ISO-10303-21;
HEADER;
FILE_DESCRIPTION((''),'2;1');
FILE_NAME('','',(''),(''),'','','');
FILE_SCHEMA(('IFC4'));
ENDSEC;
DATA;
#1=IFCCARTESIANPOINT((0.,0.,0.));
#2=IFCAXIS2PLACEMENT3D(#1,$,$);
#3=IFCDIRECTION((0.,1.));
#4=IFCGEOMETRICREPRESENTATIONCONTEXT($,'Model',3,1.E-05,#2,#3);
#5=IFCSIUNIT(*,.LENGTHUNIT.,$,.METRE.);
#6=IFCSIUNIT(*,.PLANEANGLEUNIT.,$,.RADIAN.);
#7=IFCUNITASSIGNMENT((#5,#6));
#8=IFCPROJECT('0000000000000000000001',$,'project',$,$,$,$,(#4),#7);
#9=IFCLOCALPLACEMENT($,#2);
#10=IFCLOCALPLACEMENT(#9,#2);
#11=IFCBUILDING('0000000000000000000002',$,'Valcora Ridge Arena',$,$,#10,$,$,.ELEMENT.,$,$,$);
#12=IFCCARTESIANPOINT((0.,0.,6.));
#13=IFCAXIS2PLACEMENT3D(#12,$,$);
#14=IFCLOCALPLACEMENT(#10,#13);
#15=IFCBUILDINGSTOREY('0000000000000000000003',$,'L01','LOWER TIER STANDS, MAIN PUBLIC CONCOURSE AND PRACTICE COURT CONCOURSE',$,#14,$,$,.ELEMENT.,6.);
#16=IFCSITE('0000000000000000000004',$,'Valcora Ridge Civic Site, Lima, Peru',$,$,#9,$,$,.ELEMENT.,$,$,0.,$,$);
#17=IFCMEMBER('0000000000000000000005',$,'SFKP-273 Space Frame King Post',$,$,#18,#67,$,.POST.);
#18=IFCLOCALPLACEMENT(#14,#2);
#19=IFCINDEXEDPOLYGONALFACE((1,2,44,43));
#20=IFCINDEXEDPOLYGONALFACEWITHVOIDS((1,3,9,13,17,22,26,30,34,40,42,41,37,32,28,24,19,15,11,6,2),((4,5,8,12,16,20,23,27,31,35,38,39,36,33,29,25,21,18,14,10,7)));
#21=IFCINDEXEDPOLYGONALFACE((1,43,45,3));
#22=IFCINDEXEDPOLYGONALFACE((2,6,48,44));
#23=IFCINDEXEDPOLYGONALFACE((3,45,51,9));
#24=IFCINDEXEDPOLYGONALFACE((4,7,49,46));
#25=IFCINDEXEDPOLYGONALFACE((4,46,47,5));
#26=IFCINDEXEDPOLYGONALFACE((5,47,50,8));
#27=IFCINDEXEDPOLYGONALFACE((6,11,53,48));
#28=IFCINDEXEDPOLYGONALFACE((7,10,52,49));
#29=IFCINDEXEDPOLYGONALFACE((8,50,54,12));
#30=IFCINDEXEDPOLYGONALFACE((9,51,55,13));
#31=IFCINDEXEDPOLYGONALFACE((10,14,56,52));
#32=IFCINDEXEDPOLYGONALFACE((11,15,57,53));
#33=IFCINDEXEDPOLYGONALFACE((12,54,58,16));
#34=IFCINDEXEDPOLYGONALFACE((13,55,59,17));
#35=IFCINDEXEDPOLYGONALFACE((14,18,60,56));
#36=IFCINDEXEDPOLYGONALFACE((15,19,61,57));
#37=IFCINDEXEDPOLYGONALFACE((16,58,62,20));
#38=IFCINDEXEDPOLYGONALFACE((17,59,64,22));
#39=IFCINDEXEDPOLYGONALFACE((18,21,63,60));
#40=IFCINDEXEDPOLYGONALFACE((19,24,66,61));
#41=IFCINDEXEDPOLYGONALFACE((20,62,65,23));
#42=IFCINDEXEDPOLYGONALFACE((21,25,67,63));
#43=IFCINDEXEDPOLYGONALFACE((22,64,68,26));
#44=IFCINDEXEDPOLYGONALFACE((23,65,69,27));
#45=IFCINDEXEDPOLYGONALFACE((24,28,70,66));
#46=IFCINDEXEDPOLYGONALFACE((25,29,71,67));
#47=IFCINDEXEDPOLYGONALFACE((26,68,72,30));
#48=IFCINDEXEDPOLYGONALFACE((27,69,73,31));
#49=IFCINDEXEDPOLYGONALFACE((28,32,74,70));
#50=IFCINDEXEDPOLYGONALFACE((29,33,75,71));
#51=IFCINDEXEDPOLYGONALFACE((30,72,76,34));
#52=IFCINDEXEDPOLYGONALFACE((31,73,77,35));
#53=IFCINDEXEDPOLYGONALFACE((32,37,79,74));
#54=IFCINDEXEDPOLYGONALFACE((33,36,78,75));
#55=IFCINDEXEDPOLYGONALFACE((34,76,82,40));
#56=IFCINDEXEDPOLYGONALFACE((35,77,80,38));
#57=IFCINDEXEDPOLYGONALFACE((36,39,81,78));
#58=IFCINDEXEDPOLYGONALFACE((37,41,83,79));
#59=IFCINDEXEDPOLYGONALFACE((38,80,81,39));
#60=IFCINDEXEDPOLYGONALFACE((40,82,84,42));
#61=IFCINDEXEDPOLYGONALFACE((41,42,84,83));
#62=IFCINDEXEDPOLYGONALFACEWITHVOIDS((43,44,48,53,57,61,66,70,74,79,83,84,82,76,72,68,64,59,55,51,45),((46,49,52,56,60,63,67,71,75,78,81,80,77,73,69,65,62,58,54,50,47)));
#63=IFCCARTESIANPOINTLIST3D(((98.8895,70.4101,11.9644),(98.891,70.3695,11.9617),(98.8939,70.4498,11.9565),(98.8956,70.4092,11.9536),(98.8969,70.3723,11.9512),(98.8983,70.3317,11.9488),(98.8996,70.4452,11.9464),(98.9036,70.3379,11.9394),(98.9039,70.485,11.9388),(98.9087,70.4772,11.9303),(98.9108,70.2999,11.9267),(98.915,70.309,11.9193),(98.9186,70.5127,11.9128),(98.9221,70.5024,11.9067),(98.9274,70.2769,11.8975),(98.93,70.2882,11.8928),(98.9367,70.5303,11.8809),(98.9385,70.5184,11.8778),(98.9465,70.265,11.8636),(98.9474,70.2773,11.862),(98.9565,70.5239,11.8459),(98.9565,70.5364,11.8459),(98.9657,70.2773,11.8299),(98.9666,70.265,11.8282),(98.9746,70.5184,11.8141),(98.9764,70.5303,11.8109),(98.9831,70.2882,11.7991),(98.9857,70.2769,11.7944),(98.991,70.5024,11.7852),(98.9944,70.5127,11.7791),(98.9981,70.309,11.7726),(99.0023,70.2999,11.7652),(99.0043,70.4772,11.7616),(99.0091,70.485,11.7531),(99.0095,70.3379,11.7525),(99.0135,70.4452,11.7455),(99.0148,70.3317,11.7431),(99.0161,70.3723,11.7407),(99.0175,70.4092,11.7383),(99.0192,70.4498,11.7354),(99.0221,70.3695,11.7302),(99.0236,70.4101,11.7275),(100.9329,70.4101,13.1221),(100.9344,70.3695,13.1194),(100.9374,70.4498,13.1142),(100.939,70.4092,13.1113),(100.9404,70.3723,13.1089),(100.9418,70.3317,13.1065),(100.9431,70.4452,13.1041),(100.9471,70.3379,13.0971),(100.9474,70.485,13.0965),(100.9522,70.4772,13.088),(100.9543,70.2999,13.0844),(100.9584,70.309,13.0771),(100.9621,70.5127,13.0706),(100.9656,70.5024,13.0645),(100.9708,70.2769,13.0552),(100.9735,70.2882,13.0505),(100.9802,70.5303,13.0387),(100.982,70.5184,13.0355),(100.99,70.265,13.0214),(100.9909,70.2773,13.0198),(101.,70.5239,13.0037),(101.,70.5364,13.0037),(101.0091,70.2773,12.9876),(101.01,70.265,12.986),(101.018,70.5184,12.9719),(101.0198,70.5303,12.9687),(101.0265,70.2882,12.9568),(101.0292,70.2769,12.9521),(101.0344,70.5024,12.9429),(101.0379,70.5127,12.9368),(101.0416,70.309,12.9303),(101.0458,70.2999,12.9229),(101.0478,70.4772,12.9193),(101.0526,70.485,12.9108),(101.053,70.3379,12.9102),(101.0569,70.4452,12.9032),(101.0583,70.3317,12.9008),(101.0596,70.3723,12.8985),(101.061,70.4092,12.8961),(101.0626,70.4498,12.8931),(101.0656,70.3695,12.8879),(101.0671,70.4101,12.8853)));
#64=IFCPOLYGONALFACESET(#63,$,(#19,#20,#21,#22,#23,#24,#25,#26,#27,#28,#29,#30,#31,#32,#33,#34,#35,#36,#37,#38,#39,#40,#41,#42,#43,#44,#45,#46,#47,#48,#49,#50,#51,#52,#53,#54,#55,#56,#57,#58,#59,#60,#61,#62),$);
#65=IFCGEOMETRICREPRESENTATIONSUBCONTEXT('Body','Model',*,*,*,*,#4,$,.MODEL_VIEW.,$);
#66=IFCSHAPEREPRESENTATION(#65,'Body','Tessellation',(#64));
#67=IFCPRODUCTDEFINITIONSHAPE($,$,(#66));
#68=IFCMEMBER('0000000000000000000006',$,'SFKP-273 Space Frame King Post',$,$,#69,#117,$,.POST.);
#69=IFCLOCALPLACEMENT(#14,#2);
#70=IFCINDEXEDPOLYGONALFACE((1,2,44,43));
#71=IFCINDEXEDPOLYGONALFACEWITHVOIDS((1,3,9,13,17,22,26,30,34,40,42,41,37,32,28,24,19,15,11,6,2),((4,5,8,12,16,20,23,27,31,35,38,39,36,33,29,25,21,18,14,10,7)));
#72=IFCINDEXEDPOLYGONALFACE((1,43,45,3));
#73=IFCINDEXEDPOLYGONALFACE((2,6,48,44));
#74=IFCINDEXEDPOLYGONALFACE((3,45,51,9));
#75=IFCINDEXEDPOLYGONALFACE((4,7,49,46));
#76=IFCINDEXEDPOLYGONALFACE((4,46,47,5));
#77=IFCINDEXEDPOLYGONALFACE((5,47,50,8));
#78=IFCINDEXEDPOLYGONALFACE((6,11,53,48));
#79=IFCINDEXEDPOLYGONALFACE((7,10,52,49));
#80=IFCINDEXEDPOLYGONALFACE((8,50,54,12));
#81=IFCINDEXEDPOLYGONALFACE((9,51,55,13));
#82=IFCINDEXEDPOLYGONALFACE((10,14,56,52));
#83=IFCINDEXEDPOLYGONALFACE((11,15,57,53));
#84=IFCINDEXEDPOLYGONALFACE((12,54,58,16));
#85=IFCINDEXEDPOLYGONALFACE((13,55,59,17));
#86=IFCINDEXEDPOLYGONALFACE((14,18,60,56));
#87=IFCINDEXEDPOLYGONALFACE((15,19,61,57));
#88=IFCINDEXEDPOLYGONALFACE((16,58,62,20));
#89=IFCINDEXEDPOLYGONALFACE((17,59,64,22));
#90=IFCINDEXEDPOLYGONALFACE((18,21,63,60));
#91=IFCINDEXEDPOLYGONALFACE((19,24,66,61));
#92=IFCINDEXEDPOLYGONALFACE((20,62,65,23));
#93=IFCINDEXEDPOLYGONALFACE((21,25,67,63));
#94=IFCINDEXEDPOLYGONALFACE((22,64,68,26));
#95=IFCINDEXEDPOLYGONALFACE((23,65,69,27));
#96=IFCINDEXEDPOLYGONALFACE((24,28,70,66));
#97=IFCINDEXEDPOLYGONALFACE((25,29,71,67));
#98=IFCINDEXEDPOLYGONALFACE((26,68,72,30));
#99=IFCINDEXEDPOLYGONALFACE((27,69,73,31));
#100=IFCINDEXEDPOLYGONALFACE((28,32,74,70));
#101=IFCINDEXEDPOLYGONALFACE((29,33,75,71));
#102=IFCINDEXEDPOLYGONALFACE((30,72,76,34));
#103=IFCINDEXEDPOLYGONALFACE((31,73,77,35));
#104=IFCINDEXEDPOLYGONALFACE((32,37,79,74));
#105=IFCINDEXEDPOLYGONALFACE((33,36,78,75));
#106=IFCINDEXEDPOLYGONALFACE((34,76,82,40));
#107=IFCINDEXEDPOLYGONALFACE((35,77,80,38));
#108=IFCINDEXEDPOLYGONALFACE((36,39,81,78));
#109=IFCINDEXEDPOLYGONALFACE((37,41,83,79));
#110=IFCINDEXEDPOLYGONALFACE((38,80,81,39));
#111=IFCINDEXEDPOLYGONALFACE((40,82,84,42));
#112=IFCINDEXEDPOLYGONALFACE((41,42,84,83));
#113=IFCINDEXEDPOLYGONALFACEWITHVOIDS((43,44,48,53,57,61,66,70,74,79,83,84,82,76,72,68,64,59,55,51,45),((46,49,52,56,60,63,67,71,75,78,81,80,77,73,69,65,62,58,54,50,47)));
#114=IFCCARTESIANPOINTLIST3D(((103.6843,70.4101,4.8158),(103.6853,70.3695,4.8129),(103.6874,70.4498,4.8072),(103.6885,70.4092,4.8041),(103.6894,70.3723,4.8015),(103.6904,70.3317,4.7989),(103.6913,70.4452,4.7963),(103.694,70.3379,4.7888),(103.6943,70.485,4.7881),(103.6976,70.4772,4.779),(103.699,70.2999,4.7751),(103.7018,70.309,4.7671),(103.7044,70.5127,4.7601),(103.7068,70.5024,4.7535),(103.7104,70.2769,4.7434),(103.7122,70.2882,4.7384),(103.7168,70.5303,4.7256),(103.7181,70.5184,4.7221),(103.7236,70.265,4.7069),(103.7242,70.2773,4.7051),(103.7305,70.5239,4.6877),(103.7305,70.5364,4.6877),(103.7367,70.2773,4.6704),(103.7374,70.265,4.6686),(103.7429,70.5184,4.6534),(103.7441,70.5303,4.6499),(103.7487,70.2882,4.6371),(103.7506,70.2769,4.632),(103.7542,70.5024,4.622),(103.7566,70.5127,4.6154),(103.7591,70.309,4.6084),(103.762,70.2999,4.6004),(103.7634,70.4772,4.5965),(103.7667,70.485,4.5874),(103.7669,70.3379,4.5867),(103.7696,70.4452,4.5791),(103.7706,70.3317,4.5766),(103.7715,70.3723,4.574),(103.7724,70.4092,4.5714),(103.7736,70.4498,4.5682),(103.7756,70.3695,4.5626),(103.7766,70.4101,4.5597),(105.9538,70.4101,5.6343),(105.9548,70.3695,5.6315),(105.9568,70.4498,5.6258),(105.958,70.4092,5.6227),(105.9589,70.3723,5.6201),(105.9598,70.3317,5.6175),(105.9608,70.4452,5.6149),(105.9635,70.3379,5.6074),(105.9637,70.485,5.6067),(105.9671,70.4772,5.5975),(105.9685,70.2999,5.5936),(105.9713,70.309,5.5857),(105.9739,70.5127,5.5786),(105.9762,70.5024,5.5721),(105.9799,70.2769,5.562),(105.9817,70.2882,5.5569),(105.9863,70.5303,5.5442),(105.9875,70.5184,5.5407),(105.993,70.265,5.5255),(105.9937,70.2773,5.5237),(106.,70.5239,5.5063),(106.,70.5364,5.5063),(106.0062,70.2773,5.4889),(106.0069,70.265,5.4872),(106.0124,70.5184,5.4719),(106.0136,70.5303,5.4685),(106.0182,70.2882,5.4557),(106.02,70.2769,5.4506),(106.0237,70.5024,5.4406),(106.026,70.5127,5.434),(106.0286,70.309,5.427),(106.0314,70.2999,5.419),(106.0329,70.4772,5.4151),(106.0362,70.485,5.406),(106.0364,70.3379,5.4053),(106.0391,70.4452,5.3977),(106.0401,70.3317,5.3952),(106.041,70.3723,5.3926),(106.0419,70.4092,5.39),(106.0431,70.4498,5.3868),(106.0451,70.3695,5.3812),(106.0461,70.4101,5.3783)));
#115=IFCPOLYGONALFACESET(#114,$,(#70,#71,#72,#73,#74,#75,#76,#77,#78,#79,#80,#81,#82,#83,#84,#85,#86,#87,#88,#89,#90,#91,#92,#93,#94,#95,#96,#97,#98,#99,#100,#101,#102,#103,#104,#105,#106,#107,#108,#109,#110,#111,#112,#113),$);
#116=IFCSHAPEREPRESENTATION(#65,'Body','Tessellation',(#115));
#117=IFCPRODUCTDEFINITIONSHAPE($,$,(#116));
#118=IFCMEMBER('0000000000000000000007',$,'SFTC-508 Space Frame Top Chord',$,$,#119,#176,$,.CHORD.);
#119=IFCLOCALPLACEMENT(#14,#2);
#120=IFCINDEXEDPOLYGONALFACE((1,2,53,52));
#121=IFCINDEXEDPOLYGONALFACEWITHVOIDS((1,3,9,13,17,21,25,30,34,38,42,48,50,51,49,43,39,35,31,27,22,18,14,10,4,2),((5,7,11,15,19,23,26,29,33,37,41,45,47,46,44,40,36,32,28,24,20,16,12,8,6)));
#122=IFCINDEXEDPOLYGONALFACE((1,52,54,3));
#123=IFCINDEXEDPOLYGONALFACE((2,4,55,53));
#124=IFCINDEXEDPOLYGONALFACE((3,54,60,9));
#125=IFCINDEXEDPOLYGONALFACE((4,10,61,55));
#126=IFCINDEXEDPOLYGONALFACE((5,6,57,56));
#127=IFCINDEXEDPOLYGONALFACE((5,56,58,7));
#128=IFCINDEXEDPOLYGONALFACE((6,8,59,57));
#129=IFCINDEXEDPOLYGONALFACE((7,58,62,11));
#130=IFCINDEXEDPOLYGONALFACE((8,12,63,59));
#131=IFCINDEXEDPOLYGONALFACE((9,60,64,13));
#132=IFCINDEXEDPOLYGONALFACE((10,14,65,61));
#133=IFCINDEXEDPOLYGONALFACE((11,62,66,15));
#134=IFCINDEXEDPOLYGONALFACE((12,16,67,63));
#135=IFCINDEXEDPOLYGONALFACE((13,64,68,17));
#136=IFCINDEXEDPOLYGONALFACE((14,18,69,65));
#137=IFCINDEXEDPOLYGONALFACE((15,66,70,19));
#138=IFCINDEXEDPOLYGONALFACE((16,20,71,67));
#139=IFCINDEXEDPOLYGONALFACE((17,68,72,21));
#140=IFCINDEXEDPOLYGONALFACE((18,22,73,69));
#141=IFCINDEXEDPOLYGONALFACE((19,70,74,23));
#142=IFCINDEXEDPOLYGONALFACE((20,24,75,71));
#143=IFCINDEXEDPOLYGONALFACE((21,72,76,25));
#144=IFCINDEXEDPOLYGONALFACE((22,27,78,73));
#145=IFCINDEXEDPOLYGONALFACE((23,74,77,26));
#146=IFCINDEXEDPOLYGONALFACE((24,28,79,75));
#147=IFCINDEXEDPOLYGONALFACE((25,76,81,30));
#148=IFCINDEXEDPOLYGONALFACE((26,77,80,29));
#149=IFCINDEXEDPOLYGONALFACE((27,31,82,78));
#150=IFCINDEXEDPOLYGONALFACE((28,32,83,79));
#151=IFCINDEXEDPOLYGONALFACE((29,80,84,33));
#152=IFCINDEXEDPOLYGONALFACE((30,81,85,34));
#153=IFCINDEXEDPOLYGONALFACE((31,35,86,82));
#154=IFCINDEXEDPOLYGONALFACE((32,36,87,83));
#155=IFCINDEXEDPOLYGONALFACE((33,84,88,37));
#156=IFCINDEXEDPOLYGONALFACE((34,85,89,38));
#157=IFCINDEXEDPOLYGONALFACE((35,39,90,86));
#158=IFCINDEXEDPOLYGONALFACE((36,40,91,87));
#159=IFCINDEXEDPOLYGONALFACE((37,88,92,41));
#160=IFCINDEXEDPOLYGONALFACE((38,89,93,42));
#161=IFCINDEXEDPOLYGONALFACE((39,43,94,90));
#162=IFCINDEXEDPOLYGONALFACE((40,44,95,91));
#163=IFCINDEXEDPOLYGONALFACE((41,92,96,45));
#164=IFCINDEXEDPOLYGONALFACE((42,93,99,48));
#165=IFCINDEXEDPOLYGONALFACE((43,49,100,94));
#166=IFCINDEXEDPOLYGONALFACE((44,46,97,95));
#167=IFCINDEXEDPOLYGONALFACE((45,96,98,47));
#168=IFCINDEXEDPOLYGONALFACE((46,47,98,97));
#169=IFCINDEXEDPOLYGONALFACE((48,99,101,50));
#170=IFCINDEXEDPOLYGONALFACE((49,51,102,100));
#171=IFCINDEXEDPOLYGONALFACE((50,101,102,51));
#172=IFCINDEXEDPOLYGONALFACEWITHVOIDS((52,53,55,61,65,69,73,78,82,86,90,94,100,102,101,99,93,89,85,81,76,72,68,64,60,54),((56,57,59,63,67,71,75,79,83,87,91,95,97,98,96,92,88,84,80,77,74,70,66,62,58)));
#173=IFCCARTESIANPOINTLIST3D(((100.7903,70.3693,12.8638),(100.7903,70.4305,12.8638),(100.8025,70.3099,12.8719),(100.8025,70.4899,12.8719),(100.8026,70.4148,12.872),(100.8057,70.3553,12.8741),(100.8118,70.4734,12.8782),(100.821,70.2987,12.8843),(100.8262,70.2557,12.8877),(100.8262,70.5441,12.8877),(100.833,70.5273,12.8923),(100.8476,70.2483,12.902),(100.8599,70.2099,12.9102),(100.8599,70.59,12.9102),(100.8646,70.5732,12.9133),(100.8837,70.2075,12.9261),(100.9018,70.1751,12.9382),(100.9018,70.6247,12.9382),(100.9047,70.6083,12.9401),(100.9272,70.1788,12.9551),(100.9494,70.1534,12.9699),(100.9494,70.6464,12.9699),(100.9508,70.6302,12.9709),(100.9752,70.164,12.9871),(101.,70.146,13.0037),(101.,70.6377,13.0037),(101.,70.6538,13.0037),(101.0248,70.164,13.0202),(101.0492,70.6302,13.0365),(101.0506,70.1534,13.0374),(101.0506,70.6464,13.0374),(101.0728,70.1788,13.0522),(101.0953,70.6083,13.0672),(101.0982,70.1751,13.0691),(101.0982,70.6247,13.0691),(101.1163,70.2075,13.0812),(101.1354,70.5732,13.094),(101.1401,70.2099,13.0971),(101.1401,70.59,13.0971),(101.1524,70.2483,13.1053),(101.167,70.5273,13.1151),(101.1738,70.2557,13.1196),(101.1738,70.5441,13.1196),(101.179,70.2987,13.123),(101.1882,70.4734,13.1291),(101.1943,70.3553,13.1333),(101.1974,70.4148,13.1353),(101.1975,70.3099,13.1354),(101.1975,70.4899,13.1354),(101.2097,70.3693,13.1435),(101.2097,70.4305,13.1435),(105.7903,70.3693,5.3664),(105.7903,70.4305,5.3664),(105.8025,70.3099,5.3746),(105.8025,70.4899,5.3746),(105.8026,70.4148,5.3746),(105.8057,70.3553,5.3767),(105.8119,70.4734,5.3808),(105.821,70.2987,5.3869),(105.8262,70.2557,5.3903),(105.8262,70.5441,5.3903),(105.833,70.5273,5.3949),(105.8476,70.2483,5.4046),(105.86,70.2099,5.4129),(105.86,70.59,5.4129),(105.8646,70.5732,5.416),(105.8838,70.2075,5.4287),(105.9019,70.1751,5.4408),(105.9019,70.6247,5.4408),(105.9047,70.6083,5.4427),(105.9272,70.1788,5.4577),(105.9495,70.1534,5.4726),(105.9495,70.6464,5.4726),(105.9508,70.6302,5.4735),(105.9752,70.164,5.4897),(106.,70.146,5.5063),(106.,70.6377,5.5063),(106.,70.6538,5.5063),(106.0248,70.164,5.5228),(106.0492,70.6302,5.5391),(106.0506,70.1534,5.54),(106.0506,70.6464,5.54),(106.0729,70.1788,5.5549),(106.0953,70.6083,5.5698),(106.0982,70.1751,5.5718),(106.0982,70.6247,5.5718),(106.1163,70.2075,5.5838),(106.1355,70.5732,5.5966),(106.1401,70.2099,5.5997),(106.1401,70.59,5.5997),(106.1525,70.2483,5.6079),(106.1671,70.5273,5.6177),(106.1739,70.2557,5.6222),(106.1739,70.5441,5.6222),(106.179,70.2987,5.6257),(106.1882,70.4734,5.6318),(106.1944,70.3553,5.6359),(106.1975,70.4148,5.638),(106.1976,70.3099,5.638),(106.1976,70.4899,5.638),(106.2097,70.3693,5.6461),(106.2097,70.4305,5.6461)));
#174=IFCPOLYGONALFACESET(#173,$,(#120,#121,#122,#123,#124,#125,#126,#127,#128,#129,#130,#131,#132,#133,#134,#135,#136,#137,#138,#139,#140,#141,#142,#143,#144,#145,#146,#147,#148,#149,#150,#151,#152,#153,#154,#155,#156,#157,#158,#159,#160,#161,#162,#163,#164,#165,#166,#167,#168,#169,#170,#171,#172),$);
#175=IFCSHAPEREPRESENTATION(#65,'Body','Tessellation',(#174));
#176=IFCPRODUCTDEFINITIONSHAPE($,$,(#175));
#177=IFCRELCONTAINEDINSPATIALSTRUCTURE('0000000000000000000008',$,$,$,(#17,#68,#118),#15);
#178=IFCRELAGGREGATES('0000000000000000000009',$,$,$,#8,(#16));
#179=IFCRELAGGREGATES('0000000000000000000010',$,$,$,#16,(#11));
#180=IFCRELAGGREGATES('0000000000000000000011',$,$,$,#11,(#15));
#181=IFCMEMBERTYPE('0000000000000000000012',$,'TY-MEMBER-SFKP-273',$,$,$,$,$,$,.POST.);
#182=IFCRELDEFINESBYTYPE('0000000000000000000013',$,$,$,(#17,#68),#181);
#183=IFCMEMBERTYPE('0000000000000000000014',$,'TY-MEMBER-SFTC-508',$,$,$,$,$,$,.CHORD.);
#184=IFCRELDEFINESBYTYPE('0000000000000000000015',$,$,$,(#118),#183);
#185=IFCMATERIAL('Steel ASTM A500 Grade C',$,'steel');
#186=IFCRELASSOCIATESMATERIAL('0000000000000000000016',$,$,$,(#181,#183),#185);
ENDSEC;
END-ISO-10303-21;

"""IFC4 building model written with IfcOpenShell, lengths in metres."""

from ifc_helpers import new_model, si_unit, direction, frame, origin, origin_2d, place, context, subcontext, project, spatial, hollow_circle, extrude, material, material_profile, profile_set, type_object, element, save


model = new_model("IFC4")

# Units and contexts
model_context = context("Model", 3, precision=1e-05, world=origin(), true_north=direction((0.0, 1.0)))
body_context = subcontext(model_context, "Body", "Model", "MODEL_VIEW")
ifc_project = project(units=[si_unit("LENGTHUNIT", "METRE"), si_unit("PLANEANGLEUNIT", "RADIAN")], contexts=[model_context])

# Site, building, storey
site_placement = place(None, origin())
site = spatial("IfcSite", under=ifc_project, at=site_placement, Name="Valcora Ridge Civic Site, Lima, Peru", CompositionType="ELEMENT", RefElevation=0.0)
building_placement = place(site_placement, origin())
building = spatial("IfcBuilding", under=site, at=building_placement, Name="Valcora Ridge Arena", CompositionType="ELEMENT")
storey_placement = place(building_placement, frame((0.0, 0.0, 6.0)))
storey = spatial("IfcBuildingStorey", under=building, at=storey_placement, Name="L01", Description="LOWER TIER STANDS, MAIN PUBLIC CONCOURSE AND PRACTICE COURT CONCOURSE", CompositionType="ELEMENT", Elevation=6.0)

# Members
ifc_material_1 = material(Name="Steel ASTM A500 Grade C", Category="steel")
ifc_material_profile_1 = material_profile(ifc_material_1, hollow_circle(Radius=0.1365, WallThickness=0.0125, at=origin_2d()), Name="CHS273X12")
ifc_profile_set_1 = profile_set([ifc_material_profile_1], Name="Steel ASTM A500 Grade C")
member_type_1 = type_object("IfcMemberType", Name="TY-MEMBER-SFKP-273", PredefinedType="POST", material=ifc_profile_set_1)
member_1_placement = place(storey_placement, frame((98.9565, 70.3999, 11.8459), z_axis=(0.870067, 0.0, 0.492934), x_axis=(0.0, 1.0, 0.0)))
element("IfcMember", 1, at=member_1_placement, inside=storey, type_object=member_type_1, Name="SFKP-273 Space Frame King Post", PredefinedType="POST", context=body_context, shape_type="SweptSolid", body=[
    extrude(hollow_circle(Radius=0.1365, WallThickness=0.0125, at=origin_2d()), origin(), (0.0, 0.0, 1.0), 2.3486),
])
member_2_placement = place(storey_placement, frame((103.7305, 70.3999, 4.6877), z_axis=(0.94068, 0.0, 0.339296), x_axis=(0.0, 1.0, 0.0)))
element("IfcMember", 2, at=member_2_placement, inside=storey, type_object=member_type_1, Name="SFKP-273 Space Frame King Post", PredefinedType="POST", context=body_context, shape_type="SweptSolid", body=[
    extrude(hollow_circle(Radius=0.1365, WallThickness=0.0125, at=origin_2d()), origin(), (0.0, 0.0, 1.0), 2.4126),
])
ifc_material_profile_2 = material_profile(ifc_material_1, hollow_circle(Radius=0.2539, WallThickness=0.0161, at=origin_2d()), Name="CHS508X16")
ifc_profile_set_2 = profile_set([ifc_material_profile_2], Name="Steel ASTM A500 Grade C")
member_type_2 = type_object("IfcMemberType", Name="TY-MEMBER-SFTC-508", PredefinedType="CHORD", material=ifc_profile_set_2)
member_3_placement = place(storey_placement, frame((101.0, 70.3999, 13.0037), z_axis=(0.554838, 0.0, -0.831959), x_axis=(0.0, 1.0, 0.0)))
element("IfcMember", 3, at=member_3_placement, inside=storey, type_object=member_type_2, Name="SFTC-508 Space Frame Top Chord", PredefinedType="CHORD", context=body_context, shape_type="SweptSolid", body=[
    extrude(hollow_circle(Radius=0.2539, WallThickness=0.0161, at=origin_2d()), origin(), (0.0, 0.0, 1.0), 9.0117),
])

save(model, "model.ifc")
